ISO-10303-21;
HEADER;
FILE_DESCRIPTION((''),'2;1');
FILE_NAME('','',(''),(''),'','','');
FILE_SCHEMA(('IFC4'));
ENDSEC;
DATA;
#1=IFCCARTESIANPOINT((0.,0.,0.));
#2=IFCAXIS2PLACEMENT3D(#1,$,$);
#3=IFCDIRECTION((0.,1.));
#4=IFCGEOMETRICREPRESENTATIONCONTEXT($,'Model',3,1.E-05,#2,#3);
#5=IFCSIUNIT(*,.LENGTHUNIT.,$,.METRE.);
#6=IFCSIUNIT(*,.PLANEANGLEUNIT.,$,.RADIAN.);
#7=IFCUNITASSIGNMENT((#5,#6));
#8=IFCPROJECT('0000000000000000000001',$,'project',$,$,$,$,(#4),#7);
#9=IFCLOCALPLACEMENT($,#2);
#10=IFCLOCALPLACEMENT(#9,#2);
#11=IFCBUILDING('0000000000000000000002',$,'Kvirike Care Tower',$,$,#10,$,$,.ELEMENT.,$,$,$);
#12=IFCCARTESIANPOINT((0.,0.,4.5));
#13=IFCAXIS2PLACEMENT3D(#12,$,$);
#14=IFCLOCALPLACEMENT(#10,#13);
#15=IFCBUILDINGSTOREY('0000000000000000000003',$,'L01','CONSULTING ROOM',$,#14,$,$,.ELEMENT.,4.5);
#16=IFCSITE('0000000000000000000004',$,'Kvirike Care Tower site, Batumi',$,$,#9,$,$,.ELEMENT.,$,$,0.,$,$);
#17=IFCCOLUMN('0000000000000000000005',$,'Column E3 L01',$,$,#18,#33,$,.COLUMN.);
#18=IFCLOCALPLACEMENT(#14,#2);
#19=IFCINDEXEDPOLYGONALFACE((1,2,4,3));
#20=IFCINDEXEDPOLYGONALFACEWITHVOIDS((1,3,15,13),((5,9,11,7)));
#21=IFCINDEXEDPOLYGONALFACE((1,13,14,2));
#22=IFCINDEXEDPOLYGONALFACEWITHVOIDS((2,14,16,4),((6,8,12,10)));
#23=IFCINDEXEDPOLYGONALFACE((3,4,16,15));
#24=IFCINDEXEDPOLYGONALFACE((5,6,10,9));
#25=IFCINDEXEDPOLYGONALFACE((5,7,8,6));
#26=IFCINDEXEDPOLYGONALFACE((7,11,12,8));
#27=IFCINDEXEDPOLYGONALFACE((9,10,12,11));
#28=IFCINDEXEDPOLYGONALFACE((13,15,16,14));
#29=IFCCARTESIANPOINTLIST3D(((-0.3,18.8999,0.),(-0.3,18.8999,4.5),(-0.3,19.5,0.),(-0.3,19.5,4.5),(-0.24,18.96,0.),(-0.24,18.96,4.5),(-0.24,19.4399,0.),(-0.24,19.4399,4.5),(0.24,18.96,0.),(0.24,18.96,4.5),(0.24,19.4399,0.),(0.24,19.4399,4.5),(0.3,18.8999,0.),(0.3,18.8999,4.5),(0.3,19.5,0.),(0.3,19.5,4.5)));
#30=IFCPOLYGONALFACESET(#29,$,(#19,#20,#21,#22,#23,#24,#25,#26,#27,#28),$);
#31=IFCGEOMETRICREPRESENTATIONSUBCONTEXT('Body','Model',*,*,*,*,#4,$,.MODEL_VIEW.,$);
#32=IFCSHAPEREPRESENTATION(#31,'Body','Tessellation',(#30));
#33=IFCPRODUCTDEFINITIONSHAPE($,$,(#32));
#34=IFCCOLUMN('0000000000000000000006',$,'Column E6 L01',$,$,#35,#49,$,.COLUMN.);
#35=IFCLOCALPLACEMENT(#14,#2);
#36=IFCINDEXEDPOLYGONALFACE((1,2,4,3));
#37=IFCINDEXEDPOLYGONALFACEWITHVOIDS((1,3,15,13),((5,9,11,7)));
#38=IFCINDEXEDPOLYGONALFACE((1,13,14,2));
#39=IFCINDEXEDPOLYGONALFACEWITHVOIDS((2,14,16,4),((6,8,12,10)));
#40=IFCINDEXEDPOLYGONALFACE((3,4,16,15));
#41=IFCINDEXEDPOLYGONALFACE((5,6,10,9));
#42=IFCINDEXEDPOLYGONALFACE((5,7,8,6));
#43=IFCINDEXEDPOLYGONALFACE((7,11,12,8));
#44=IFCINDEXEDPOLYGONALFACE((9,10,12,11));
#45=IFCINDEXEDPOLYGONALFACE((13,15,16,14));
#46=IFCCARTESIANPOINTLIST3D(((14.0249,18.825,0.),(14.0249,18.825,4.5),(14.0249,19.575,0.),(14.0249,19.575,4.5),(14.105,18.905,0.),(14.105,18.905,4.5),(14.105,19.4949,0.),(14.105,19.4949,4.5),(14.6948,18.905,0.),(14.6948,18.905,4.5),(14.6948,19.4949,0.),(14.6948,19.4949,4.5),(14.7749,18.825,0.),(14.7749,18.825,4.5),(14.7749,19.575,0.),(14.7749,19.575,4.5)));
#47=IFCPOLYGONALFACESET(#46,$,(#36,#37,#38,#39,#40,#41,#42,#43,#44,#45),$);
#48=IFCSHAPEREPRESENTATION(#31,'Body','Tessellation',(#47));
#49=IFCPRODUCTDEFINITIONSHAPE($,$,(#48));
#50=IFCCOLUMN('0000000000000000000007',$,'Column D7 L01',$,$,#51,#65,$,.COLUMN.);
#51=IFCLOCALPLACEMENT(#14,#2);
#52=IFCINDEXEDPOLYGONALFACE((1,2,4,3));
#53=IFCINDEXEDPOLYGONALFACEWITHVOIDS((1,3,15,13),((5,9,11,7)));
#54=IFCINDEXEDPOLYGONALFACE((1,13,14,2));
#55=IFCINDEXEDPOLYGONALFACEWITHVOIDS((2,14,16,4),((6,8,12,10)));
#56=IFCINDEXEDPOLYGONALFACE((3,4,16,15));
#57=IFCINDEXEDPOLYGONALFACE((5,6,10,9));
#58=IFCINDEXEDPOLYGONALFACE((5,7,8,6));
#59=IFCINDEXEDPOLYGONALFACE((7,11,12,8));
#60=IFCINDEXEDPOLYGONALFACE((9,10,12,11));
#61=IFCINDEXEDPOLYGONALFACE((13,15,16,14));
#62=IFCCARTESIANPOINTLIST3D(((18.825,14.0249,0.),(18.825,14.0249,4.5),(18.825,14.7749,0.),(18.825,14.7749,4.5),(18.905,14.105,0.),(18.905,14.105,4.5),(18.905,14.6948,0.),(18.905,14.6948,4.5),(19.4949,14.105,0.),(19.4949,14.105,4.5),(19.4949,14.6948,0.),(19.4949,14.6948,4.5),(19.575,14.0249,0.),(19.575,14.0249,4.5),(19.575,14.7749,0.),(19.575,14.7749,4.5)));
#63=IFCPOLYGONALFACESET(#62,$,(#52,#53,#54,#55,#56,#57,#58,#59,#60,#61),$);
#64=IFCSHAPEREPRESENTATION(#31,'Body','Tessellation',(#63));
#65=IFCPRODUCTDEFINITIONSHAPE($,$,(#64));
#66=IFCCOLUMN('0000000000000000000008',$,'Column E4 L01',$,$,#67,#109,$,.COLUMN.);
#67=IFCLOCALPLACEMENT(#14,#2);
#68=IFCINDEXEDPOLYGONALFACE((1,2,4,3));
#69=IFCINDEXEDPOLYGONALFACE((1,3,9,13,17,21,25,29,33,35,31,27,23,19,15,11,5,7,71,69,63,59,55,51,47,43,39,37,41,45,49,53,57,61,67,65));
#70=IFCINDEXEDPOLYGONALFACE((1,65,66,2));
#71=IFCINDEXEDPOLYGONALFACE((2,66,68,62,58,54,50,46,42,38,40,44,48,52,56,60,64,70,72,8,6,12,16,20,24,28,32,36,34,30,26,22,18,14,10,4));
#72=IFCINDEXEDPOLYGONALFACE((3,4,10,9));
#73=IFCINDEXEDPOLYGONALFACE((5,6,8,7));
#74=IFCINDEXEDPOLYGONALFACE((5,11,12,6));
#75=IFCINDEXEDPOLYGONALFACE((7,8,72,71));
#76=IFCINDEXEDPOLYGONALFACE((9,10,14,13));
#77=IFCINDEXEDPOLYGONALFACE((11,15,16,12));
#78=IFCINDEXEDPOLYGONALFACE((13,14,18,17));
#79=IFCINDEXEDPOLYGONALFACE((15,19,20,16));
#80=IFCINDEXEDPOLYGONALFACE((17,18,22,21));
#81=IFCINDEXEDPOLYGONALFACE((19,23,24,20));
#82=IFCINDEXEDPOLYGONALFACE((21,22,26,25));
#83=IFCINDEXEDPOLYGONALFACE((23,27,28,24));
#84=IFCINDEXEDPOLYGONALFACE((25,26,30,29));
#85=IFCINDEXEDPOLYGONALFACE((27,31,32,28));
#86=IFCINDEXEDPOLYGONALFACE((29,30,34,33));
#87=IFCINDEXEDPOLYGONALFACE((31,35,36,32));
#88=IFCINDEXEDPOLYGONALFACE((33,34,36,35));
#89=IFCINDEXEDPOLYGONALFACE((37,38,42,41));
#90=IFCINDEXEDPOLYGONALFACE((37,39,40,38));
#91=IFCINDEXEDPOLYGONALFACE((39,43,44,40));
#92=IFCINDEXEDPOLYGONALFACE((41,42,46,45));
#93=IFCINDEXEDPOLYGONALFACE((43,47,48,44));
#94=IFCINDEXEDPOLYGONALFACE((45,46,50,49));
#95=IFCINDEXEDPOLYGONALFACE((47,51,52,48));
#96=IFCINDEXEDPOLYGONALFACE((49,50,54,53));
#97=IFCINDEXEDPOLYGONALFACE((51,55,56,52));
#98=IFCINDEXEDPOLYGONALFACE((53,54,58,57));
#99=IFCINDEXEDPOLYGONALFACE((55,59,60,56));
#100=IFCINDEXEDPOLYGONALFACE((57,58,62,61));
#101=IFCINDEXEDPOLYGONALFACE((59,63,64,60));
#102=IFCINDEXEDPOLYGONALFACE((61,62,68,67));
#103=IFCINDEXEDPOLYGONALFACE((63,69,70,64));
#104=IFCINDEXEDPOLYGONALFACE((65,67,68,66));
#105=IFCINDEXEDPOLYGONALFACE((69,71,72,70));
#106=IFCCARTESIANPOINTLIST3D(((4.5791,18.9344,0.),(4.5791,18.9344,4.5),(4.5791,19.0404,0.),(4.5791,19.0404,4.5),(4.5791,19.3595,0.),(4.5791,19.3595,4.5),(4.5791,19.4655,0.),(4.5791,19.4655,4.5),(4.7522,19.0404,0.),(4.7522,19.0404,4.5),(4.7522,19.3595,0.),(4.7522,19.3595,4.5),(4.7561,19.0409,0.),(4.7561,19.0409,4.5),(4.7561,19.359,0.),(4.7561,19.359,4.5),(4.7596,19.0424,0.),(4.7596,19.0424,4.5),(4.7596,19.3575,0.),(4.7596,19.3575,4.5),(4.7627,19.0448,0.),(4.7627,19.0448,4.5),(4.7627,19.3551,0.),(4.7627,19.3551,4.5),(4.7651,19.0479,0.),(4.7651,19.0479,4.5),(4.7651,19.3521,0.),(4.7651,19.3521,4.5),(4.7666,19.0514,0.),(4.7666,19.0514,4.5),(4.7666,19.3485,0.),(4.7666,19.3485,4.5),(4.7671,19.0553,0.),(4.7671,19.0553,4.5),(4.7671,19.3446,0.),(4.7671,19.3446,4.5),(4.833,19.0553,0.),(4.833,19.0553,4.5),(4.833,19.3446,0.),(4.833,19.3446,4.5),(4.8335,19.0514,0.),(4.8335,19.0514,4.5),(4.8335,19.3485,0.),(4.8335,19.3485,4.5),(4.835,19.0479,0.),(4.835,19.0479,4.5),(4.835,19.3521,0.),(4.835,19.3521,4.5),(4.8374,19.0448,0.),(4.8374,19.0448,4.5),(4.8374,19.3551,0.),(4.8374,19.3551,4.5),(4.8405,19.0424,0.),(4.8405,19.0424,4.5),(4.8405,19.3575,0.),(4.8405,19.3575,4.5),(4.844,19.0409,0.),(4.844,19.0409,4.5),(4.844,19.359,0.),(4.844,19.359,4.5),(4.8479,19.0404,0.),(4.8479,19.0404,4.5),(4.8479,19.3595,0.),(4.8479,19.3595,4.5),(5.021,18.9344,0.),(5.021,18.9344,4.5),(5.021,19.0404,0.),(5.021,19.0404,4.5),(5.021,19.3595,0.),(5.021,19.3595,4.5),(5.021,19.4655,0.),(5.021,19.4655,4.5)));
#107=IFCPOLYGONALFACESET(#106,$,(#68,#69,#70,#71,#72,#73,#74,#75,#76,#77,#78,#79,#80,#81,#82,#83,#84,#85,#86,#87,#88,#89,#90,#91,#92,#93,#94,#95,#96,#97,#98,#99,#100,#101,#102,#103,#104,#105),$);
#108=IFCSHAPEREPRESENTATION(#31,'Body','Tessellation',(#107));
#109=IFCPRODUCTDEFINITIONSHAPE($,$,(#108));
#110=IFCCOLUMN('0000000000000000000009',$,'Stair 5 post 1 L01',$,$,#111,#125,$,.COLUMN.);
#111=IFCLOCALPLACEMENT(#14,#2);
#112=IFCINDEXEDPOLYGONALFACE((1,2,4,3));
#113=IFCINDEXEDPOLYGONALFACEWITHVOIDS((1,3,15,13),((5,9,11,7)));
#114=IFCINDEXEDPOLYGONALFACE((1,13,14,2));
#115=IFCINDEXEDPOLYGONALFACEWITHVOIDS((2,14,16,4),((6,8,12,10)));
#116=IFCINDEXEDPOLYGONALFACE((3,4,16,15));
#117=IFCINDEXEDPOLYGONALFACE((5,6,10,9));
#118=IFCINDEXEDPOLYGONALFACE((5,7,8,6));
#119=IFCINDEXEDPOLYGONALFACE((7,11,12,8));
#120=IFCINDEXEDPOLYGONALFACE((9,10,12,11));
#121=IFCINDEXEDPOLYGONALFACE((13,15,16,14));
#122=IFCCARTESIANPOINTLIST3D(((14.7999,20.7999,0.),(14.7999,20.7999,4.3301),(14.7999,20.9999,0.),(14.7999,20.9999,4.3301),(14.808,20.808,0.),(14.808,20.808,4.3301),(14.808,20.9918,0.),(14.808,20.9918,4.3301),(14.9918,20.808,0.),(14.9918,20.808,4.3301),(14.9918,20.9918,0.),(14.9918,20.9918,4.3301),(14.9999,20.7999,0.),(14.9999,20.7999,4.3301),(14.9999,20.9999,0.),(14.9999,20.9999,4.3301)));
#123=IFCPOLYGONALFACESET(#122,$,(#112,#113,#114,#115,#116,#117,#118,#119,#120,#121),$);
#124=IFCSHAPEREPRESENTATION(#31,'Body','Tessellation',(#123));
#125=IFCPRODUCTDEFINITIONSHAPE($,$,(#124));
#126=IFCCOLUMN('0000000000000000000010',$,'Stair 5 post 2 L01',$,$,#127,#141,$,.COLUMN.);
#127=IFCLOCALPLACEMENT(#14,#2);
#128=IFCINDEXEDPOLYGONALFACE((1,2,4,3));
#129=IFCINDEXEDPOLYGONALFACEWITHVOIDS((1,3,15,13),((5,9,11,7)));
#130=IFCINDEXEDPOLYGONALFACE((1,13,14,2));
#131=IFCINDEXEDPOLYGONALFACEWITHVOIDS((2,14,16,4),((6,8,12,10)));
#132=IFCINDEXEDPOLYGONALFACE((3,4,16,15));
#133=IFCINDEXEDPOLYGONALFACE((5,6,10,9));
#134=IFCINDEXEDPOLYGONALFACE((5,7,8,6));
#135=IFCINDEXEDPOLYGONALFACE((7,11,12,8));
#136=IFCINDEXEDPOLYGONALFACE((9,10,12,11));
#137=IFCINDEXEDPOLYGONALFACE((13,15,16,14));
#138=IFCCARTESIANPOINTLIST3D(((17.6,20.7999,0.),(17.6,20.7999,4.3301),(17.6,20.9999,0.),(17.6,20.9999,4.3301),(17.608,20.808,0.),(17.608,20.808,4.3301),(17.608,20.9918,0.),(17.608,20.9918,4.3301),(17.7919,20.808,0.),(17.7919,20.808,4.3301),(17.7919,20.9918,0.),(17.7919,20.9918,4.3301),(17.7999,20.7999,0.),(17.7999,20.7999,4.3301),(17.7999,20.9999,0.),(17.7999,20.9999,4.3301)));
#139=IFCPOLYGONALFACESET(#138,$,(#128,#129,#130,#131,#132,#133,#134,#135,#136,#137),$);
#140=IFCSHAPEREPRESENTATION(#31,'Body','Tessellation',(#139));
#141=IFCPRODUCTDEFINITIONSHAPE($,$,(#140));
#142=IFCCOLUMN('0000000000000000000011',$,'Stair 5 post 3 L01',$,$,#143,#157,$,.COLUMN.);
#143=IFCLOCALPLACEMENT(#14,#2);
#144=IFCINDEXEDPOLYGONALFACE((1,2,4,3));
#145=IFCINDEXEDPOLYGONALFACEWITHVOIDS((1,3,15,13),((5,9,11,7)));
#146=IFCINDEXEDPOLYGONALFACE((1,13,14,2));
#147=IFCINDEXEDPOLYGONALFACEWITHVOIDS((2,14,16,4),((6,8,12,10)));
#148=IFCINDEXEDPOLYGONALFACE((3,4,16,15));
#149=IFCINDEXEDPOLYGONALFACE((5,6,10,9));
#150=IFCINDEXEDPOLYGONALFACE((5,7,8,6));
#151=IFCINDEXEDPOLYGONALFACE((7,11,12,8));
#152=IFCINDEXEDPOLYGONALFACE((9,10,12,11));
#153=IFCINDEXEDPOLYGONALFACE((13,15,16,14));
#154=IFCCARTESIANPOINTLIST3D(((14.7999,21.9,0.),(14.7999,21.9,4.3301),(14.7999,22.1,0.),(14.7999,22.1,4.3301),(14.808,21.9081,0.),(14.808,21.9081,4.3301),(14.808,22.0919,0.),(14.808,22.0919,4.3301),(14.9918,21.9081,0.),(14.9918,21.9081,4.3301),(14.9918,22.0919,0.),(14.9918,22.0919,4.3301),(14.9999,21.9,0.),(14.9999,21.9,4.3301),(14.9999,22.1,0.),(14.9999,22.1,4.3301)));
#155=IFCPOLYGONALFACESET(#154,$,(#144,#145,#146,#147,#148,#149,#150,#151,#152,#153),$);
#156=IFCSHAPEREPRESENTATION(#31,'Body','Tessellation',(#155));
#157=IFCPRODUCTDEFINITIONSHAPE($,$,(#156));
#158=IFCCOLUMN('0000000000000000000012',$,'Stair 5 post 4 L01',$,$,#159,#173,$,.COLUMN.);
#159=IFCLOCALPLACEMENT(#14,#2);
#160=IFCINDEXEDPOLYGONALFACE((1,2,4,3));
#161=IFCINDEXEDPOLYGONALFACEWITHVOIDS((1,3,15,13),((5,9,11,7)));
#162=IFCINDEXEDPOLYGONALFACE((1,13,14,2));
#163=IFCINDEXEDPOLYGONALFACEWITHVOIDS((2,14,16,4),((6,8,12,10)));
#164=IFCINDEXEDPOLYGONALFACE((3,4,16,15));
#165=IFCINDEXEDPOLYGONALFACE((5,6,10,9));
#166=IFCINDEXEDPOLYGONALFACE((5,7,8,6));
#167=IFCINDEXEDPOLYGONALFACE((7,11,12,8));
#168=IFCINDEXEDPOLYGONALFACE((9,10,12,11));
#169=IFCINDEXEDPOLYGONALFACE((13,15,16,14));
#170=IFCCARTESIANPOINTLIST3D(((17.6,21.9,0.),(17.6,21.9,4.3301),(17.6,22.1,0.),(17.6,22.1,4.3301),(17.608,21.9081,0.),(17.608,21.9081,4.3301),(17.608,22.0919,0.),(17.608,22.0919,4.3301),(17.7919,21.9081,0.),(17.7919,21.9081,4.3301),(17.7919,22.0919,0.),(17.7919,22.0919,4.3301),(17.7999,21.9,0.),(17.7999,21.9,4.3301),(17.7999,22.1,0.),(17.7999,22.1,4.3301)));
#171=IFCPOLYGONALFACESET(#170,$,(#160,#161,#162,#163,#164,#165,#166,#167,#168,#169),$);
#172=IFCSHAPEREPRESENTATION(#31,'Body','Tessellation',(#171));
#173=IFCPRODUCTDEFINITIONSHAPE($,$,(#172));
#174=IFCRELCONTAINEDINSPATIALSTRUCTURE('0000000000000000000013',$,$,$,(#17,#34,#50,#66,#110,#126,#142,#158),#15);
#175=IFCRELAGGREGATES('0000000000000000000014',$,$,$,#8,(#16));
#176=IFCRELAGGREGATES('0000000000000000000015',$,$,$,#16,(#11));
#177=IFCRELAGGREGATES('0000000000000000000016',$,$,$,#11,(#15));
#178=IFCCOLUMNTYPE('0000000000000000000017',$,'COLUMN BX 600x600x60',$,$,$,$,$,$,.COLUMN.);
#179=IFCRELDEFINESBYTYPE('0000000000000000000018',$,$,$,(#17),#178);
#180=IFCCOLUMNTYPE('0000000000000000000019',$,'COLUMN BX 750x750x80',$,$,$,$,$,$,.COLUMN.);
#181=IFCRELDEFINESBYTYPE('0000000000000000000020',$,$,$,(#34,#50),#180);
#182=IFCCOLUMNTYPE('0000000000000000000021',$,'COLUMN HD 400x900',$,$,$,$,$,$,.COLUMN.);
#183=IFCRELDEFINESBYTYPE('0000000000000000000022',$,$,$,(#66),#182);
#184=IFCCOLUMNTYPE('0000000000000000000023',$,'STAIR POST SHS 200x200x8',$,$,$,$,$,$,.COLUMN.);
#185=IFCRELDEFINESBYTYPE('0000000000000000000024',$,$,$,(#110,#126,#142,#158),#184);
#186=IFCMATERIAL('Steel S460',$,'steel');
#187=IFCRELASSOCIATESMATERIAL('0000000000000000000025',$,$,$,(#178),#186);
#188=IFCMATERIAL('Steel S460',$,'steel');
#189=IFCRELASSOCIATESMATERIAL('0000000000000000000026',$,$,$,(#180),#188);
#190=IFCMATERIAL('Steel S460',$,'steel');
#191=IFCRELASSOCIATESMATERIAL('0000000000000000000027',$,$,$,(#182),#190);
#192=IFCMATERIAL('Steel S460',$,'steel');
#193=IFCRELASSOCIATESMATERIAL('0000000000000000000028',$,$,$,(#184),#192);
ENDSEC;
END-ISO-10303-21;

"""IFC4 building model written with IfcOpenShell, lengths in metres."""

from ifc_helpers import new_model, si_unit, direction, frame, origin, origin_2d, place, context, subcontext, project, spatial, hollow_rectangle, i_section, extrude, material, material_profile, profile_set, type_object, element, save


model = new_model("IFC4")

# Units and contexts
model_context = context("Model", 3, precision=1e-05, world=origin(), true_north=direction((0.0, 1.0)))
body_context = subcontext(model_context, "Body", "Model", "MODEL_VIEW")
ifc_project = project(units=[si_unit("LENGTHUNIT", "METRE"), si_unit("PLANEANGLEUNIT", "RADIAN")], contexts=[model_context])

# Site, building, storey
site_placement = place(None, origin())
site = spatial("IfcSite", under=ifc_project, at=site_placement, Name="Kvirike Care Tower site, Batumi", CompositionType="ELEMENT", RefElevation=0.0)
building_placement = place(site_placement, origin())
building = spatial("IfcBuilding", under=site, at=building_placement, Name="Kvirike Care Tower", CompositionType="ELEMENT")
storey_placement = place(building_placement, frame((0.0, 0.0, 4.5)))
storey = spatial("IfcBuildingStorey", under=building, at=storey_placement, Name="L01", Description="CONSULTING ROOM", CompositionType="ELEMENT", Elevation=4.5)

# Columns
ifc_material_1 = material(Name="Steel S460", Category="steel")
ifc_material_profile_1 = material_profile(ifc_material_1, hollow_rectangle(XDim=0.6001, YDim=0.6001, WallThickness=0.0601, at=origin_2d()), Name="BX 600x600x60")
ifc_profile_set_1 = profile_set([ifc_material_profile_1], Name="Steel S460")
column_type_1 = type_object("IfcColumnType", Name="COLUMN BX 600x600x60", PredefinedType="COLUMN", material=ifc_profile_set_1)
column_1_placement = place(storey_placement, frame((0.0, 19.2, 0.0), z_axis=(0.0, 0.0, 1.0), x_axis=(1.0, 0.0, 0.0)))
element("IfcColumn", 1, at=column_1_placement, inside=storey, type_object=column_type_1, Name="Column E3 L01", PredefinedType="COLUMN", context=body_context, shape_type="SweptSolid", body=[
    extrude(hollow_rectangle(XDim=0.6001, YDim=0.6001, WallThickness=0.0601, at=origin_2d()), origin(), (0.0, 0.0, 1.0), 4.5),
])
ifc_material_2 = material(Name="Steel S460", Category="steel")
ifc_material_profile_2 = material_profile(ifc_material_2, hollow_rectangle(XDim=0.75, YDim=0.75, WallThickness=0.0801, at=origin_2d()), Name="BX 750x750x80")
ifc_profile_set_2 = profile_set([ifc_material_profile_2], Name="Steel S460")
column_type_2 = type_object("IfcColumnType", Name="COLUMN BX 750x750x80", PredefinedType="COLUMN", material=ifc_profile_set_2)
for number, where, z_axis, x_axis, name in (
    (2, (14.3999, 19.2, 0.0), (0.0, 0.0, 1.0), (1.0, 0.0, 0.0), "Column E6 L01"),
    (3, (19.2, 14.3999, 0.0), (0.0, 0.0, 1.0), (1.0, 0.0, 0.0), "Column D7 L01"),
):
    element("IfcColumn", number, at=place(storey_placement, frame(where, z_axis=z_axis, x_axis=x_axis)), inside=storey, type_object=column_type_2, Name=name, PredefinedType="COLUMN", context=body_context, shape_type="SweptSolid", body=[
        extrude(hollow_rectangle(XDim=0.75, YDim=0.75, WallThickness=0.0801, at=origin_2d()), origin(), (0.0, 0.0, 1.0), 4.5),
    ])
ifc_material_3 = material(Name="Steel S460", Category="steel")
ifc_material_profile_3 = material_profile(ifc_material_3, i_section(OverallWidth=0.4419, OverallDepth=0.531, WebThickness=0.0659, FlangeThickness=0.106, FilletRadius=0.0149, at=origin_2d()), Name="HD 400x900")
ifc_profile_set_3 = profile_set([ifc_material_profile_3], Name="Steel S460")
column_type_3 = type_object("IfcColumnType", Name="COLUMN HD 400x900", PredefinedType="COLUMN", material=ifc_profile_set_3)
column_2_placement = place(storey_placement, frame((4.8, 19.2, 0.0), z_axis=(0.0, 0.0, 1.0), x_axis=(1.0, 0.0, 0.0)))
element("IfcColumn", 4, at=column_2_placement, inside=storey, type_object=column_type_3, Name="Column E4 L01", PredefinedType="COLUMN", context=body_context, shape_type="SweptSolid", body=[
    extrude(i_section(OverallWidth=0.4419, OverallDepth=0.531, WebThickness=0.0659, FlangeThickness=0.106, FilletRadius=0.0149, at=origin_2d()), origin(), (0.0, 0.0, 1.0), 4.5),
])
ifc_material_4 = material(Name="Steel S460", Category="steel")
ifc_material_profile_4 = material_profile(ifc_material_4, hollow_rectangle(XDim=0.2, YDim=0.2, WallThickness=0.0081, at=origin_2d()), Name="SHS 200x200x8")
ifc_profile_set_4 = profile_set([ifc_material_profile_4], Name="Steel S460")
column_type_4 = type_object("IfcColumnType", Name="STAIR POST SHS 200x200x8", PredefinedType="COLUMN", material=ifc_profile_set_4)
for number, where, z_axis, x_axis, name in (
    (5, (14.8999, 20.8999, 0.0), (0.0, 0.0, 1.0), (1.0, 0.0, 0.0), "Stair 5 post 1 L01"),
    (6, (17.7, 20.8999, 0.0), (0.0, 0.0, 1.0), (1.0, 0.0, 0.0), "Stair 5 post 2 L01"),
    (7, (14.8999, 22.0, 0.0), (0.0, 0.0, 1.0), (1.0, 0.0, 0.0), "Stair 5 post 3 L01"),
    (8, (17.7, 22.0, 0.0), (0.0, 0.0, 1.0), (1.0, 0.0, 0.0), "Stair 5 post 4 L01"),
):
    element("IfcColumn", number, at=place(storey_placement, frame(where, z_axis=z_axis, x_axis=x_axis)), inside=storey, type_object=column_type_4, Name=name, PredefinedType="COLUMN", context=body_context, shape_type="SweptSolid", body=[
        extrude(hollow_rectangle(XDim=0.2, YDim=0.2, WallThickness=0.0081, at=origin_2d()), origin(), (0.0, 0.0, 1.0), 4.3301),
    ])

save(model, "model.ifc")
